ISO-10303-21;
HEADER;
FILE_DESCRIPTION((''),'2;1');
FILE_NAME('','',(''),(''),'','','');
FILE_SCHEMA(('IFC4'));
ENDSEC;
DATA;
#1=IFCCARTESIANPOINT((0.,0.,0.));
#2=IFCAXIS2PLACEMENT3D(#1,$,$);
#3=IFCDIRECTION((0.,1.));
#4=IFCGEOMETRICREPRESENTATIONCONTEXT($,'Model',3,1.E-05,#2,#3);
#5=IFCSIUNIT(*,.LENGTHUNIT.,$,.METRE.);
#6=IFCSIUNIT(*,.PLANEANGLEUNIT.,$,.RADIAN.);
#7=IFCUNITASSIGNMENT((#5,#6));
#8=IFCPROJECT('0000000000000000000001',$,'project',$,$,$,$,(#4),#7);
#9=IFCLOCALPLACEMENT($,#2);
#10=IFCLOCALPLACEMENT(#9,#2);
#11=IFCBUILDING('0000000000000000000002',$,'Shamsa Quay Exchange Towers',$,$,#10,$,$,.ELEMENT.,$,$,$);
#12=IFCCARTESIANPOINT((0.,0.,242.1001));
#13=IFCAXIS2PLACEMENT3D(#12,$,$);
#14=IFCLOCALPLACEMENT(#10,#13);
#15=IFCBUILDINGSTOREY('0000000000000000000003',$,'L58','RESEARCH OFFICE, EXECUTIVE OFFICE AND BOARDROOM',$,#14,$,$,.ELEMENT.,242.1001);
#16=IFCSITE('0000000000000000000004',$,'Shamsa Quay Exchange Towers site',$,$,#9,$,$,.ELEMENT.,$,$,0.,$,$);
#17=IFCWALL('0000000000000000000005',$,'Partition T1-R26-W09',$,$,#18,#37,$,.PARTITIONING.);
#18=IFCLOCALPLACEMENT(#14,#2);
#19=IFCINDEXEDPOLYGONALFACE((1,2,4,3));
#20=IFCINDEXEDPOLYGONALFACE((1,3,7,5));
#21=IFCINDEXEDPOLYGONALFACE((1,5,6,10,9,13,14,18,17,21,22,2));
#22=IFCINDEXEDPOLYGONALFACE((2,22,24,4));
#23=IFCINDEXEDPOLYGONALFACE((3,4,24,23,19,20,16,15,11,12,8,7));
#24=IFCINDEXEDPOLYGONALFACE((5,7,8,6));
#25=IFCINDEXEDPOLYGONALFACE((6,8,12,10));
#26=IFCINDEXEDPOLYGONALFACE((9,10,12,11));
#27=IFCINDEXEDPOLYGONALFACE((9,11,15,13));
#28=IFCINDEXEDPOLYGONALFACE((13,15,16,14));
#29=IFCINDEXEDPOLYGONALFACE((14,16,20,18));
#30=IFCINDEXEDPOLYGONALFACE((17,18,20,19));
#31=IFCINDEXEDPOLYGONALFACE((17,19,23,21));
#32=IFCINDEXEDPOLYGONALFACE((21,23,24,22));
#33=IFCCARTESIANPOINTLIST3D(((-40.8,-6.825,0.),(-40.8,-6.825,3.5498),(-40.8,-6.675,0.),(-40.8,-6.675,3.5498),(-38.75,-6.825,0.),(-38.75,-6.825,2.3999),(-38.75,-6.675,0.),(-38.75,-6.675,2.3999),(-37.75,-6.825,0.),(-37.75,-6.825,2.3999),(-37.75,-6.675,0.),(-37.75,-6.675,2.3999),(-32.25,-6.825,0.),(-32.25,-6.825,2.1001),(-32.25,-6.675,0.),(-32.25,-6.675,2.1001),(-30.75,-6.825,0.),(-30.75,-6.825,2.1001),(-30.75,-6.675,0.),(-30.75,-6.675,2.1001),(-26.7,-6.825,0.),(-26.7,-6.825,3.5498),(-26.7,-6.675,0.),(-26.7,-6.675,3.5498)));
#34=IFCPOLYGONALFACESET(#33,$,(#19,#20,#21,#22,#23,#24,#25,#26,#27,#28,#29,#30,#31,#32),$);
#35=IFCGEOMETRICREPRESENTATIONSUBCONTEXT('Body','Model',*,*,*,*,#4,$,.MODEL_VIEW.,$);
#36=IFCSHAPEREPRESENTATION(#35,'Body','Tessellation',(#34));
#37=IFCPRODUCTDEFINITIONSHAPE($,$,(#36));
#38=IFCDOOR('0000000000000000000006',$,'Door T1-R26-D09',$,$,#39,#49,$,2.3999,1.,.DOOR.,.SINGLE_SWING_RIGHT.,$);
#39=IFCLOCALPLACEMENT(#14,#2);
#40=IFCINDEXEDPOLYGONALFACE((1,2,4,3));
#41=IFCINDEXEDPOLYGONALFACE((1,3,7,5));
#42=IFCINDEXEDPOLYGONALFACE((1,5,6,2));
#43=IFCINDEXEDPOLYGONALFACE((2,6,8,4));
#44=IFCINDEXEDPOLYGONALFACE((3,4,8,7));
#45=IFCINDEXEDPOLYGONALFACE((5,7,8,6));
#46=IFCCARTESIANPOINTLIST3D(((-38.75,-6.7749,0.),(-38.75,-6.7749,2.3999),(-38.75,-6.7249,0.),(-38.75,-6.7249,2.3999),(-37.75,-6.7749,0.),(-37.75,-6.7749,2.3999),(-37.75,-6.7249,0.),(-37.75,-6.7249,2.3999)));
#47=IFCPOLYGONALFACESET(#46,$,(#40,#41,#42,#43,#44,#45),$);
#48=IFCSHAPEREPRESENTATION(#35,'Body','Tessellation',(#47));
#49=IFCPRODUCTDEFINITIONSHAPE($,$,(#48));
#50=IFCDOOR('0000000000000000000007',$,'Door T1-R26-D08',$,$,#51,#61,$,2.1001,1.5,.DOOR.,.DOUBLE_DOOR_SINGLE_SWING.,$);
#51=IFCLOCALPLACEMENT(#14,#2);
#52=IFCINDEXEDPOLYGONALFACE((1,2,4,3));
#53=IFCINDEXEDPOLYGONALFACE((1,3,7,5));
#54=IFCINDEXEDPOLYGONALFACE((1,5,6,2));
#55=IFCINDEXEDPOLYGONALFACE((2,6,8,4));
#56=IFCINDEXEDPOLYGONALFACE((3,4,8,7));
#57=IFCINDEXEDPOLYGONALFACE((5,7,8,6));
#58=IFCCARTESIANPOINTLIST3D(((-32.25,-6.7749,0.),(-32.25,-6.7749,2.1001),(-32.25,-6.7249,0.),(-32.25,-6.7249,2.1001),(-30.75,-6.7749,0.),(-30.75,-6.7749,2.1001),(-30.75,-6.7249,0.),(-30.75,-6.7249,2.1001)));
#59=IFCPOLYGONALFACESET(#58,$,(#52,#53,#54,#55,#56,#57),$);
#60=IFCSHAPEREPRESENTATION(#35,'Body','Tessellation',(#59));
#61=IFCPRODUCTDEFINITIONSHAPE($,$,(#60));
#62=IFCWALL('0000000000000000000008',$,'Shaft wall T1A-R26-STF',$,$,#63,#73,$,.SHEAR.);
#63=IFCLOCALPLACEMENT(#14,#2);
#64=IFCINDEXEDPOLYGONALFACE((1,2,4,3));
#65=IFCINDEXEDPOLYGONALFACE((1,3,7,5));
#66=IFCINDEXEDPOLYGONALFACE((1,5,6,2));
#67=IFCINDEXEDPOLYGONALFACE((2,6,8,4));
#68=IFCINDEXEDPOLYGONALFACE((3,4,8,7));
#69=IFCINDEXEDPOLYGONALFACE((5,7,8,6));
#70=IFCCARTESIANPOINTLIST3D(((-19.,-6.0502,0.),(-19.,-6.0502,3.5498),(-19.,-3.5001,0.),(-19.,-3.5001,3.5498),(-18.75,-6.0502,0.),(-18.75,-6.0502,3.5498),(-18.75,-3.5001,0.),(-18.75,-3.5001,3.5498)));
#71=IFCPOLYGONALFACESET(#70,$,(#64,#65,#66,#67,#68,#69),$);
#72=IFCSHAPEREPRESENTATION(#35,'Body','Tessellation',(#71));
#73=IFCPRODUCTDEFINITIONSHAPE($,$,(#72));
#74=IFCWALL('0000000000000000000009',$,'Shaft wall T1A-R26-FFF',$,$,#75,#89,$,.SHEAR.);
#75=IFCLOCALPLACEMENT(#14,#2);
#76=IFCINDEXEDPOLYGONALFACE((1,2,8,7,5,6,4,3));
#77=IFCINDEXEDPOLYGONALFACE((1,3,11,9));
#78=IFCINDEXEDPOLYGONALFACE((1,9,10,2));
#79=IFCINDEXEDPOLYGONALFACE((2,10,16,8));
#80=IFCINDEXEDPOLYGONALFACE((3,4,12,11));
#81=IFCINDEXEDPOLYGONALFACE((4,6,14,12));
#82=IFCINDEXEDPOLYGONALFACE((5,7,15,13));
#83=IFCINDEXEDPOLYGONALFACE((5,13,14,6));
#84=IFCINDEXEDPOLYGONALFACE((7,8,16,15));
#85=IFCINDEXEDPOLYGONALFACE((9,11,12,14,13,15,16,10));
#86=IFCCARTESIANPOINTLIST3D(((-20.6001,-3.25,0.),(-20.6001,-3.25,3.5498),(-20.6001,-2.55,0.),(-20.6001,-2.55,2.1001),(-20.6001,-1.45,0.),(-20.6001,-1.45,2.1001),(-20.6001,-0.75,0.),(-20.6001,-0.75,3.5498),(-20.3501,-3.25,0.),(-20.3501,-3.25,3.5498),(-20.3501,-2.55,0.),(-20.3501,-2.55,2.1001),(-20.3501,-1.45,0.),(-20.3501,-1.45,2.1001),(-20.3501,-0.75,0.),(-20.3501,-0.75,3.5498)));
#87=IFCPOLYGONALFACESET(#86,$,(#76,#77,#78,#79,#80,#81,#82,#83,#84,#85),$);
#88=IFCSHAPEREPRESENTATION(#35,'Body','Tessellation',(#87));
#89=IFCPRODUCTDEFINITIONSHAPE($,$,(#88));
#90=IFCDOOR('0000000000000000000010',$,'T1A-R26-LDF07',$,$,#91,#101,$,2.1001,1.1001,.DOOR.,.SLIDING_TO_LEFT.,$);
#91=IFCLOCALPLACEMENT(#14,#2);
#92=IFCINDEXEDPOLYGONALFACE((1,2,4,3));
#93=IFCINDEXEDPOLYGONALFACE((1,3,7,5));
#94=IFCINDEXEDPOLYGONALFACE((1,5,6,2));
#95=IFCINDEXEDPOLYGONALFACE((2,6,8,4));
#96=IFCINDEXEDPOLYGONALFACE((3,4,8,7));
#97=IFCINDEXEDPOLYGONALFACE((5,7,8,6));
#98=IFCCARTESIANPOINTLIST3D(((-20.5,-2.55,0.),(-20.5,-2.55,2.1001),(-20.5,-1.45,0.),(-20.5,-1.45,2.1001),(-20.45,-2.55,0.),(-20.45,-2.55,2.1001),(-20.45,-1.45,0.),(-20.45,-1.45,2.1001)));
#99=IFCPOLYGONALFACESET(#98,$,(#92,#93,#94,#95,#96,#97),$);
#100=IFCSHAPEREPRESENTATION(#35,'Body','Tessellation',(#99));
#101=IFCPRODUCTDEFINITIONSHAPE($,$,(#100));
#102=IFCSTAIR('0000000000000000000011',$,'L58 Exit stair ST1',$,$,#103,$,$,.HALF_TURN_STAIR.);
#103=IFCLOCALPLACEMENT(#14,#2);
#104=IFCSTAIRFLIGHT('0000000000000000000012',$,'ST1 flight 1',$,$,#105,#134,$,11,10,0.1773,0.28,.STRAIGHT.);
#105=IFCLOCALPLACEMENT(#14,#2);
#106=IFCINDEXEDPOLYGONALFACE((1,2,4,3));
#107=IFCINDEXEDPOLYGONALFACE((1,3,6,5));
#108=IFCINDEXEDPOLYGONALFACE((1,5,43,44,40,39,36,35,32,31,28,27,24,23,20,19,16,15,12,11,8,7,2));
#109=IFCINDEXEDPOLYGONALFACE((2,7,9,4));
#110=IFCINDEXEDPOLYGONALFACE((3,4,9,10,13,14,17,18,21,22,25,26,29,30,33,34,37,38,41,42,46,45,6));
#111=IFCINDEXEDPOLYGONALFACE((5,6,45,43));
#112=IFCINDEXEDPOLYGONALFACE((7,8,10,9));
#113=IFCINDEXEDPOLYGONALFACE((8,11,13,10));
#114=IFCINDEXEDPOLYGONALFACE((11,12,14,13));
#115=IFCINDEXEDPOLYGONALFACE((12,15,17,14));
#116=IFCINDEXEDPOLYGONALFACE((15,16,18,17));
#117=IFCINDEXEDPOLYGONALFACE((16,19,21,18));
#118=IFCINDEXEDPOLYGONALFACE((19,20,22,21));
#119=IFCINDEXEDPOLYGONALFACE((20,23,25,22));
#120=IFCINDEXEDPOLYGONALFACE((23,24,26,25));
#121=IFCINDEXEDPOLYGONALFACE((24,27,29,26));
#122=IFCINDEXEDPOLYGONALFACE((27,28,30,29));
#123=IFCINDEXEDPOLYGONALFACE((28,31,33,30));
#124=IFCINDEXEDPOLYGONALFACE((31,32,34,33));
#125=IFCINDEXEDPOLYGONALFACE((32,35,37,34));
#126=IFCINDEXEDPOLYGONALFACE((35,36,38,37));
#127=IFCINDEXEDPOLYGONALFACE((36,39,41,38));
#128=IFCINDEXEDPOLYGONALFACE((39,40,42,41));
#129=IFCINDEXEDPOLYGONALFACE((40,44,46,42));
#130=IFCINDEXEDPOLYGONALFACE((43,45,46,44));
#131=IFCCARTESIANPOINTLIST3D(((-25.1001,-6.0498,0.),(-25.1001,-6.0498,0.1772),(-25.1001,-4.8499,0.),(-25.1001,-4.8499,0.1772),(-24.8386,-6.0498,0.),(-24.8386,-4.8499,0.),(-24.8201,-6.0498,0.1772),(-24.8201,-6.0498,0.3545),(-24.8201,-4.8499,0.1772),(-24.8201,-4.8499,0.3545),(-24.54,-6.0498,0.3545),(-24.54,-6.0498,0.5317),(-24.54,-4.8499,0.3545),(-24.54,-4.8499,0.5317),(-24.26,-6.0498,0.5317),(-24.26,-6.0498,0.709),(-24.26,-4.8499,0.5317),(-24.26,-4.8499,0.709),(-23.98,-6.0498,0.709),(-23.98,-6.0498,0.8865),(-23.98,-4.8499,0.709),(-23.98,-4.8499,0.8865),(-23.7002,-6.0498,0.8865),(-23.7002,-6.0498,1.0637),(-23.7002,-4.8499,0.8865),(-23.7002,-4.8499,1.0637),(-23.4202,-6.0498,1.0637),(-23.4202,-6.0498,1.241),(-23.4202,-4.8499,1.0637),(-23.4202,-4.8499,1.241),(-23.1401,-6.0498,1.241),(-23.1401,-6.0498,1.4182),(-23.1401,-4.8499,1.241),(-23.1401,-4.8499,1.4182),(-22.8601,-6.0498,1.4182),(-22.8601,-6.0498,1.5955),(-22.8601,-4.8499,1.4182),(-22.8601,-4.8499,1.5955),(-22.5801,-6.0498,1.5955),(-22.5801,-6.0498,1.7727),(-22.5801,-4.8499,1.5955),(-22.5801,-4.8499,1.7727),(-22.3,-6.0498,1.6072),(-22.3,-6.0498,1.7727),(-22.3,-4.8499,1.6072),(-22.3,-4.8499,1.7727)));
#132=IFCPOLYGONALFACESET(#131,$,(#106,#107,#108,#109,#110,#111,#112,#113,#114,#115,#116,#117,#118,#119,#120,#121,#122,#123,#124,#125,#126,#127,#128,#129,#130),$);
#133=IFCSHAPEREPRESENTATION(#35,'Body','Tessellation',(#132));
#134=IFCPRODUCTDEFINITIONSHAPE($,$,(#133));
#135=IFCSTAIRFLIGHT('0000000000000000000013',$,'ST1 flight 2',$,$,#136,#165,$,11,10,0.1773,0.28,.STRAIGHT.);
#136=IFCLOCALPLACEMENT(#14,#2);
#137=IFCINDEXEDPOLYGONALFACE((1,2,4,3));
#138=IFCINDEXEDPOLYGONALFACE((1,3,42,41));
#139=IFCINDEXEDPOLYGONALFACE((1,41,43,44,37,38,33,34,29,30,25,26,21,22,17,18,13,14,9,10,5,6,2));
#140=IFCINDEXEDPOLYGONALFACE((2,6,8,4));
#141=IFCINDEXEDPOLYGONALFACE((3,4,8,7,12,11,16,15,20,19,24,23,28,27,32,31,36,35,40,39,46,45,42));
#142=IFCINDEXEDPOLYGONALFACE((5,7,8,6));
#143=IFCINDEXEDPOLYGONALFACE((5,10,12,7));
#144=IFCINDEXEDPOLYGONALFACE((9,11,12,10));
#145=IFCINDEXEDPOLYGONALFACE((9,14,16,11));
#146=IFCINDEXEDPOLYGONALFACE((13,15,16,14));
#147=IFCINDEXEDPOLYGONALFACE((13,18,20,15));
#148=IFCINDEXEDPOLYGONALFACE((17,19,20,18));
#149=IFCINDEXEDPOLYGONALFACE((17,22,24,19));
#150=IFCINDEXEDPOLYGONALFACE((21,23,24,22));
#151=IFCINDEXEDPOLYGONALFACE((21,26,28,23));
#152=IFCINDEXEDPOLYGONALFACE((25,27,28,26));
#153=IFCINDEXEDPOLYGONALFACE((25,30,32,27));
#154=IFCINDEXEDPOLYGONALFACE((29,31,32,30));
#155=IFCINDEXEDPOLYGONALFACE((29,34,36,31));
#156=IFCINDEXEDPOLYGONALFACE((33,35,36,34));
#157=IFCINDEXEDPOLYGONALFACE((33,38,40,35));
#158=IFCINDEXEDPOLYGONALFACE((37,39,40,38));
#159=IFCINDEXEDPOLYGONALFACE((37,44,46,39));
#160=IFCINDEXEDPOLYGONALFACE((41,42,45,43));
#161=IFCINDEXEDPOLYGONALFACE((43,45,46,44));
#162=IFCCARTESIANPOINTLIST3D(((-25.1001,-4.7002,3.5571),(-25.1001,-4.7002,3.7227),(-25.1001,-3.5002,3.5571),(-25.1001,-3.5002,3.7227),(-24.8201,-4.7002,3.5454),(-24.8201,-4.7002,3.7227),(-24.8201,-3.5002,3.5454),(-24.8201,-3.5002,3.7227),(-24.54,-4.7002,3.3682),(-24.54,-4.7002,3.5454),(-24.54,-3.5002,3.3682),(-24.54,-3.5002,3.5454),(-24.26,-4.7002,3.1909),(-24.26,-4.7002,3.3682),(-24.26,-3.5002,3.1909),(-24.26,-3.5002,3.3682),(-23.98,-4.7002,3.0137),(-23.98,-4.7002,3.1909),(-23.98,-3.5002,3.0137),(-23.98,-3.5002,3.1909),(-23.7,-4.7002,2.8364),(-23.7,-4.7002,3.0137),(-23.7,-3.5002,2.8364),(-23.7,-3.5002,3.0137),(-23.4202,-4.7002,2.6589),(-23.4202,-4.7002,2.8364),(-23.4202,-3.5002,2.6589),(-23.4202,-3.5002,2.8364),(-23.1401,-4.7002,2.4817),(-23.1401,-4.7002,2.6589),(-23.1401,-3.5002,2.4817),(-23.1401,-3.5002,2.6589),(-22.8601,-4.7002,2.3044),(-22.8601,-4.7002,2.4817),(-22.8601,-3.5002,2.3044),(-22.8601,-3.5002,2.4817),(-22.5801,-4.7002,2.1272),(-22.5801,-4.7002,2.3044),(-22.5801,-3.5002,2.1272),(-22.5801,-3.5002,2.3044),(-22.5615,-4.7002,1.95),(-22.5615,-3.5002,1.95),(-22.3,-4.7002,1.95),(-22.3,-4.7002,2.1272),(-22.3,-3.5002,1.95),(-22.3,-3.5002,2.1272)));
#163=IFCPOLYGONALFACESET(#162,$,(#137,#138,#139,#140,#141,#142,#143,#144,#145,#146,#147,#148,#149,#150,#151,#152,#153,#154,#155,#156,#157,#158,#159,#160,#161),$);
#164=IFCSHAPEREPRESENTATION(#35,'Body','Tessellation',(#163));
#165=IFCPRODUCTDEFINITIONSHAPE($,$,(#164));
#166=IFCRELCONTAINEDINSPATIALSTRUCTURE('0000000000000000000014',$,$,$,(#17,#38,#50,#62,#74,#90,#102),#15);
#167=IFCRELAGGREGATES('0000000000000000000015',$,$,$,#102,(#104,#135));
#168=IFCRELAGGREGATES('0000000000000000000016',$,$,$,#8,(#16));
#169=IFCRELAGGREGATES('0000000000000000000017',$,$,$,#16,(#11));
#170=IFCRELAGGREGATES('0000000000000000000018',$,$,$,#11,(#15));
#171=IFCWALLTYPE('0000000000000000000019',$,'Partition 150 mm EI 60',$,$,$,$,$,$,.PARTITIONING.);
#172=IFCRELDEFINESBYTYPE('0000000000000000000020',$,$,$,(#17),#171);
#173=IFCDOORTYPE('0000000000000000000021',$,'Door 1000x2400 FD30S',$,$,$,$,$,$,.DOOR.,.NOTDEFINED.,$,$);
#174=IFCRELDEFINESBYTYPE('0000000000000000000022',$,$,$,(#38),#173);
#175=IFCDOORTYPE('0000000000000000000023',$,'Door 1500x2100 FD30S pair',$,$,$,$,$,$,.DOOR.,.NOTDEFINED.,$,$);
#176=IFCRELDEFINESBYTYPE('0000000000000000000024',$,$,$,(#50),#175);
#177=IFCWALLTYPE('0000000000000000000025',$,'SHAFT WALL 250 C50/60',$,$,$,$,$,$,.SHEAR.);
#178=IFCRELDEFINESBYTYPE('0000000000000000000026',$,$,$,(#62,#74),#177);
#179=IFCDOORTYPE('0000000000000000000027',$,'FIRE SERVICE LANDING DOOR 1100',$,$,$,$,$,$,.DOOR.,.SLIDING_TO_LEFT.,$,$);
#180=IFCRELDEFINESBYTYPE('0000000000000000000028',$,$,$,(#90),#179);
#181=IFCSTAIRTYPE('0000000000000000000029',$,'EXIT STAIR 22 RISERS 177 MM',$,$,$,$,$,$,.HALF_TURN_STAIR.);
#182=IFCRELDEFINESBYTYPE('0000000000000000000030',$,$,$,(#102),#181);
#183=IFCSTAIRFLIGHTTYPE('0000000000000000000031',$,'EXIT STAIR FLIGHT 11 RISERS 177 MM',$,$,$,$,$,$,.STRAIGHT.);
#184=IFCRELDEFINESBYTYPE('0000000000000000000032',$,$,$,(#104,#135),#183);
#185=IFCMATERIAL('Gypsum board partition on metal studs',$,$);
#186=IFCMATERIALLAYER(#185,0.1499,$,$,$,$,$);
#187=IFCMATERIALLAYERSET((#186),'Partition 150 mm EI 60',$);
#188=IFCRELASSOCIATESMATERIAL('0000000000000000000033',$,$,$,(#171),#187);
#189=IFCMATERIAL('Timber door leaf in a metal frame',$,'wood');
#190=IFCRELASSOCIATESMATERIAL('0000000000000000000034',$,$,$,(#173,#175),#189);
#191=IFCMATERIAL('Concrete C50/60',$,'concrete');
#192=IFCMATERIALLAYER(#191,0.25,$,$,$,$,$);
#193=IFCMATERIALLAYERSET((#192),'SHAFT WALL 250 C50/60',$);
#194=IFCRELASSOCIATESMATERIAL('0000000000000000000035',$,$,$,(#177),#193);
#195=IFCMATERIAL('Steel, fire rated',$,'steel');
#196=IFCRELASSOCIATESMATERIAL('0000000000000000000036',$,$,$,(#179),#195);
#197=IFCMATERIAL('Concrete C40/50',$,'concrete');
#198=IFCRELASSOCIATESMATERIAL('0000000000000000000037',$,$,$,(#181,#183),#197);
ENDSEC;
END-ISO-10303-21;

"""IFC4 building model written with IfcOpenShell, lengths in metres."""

from ifc_helpers import new_model, si_unit, direction, frame, frame_2d, origin, place, context, subcontext, project, spatial, polyline, rectangle, outline, extrude, material, layer, layer_set, type_object, element, fill, aggregate, save


model = new_model("IFC4")

# Units and contexts
model_context = context("Model", 3, precision=1e-05, world=origin(), true_north=direction((0.0, 1.0)))
body_context = subcontext(model_context, "Body", "Model", "MODEL_VIEW")
ifc_project = project(units=[si_unit("LENGTHUNIT", "METRE"), si_unit("PLANEANGLEUNIT", "RADIAN")], contexts=[model_context])

# Site, building, storey
site_placement = place(None, origin())
site = spatial("IfcSite", under=ifc_project, at=site_placement, Name="Shamsa Quay Exchange Towers site", CompositionType="ELEMENT", RefElevation=0.0)
building_placement = place(site_placement, origin())
building = spatial("IfcBuilding", under=site, at=building_placement, Name="Shamsa Quay Exchange Towers", CompositionType="ELEMENT")
storey_placement = place(building_placement, frame((0.0, 0.0, 242.1001)))
storey = spatial("IfcBuildingStorey", under=building, at=storey_placement, Name="L58", Description="RESEARCH OFFICE, EXECUTIVE OFFICE AND BOARDROOM", CompositionType="ELEMENT", Elevation=242.1001)

# Wall, openings, doors
ifc_material_1 = material(Name="Gypsum board partition on metal studs")
ifc_layer_1 = layer(ifc_material_1, 0.1499)
ifc_layer_set_1 = layer_set([ifc_layer_1], Name="Partition 150 mm EI 60")
wall_type_1 = type_object("IfcWallType", Name="Partition 150 mm EI 60", PredefinedType="PARTITIONING", material=ifc_layer_set_1)
wall_1_placement = place(storey_placement, frame((-26.7, -6.75, 0.0), z_axis=(0.0, 0.0, 1.0), x_axis=(-1.0, 0.0, 0.0)))
wall_1 = element("IfcWall", 1, at=wall_1_placement, inside=storey, type_object=wall_type_1, Name="Partition T1-R26-W09", PredefinedType="PARTITIONING", context=body_context, shape_type="SweptSolid", body=[
    extrude(rectangle(XDim=14.1001, YDim=0.1499, at=frame_2d((7.05, 0.0))), origin(), (0.0, 0.0, 1.0), 3.5498),
])
opening_1_placement = place(wall_1_placement, frame((4.05, 0.0, 0.0)))
opening_1 = element("IfcOpeningElement", 2, at=opening_1_placement, cuts=wall_1, PredefinedType="OPENING", context=body_context, shape_type="SweptSolid", body=[
    extrude(rectangle(XDim=1.5, YDim=2.1001, at=frame_2d((0.75, 1.05))), frame((0.0, 0.085, 0.0), z_axis=(0.0, -1.0, 0.0), x_axis=(1.0, 0.0, 0.0)), (0.0, 0.0, 1.0), 0.1699),
])
opening_2_placement = place(wall_1_placement, frame((11.05, 0.0, 0.0)))
opening_2 = element("IfcOpeningElement", 3, at=opening_2_placement, cuts=wall_1, PredefinedType="OPENING", context=body_context, shape_type="SweptSolid", body=[
    extrude(rectangle(XDim=1.0, YDim=2.3999, at=frame_2d((0.5, 1.2))), frame((0.0, 0.085, 0.0), z_axis=(0.0, -1.0, 0.0), x_axis=(1.0, 0.0, 0.0)), (0.0, 0.0, 1.0), 0.1699),
])
ifc_material_2 = material(Name="Timber door leaf in a metal frame", Category="wood")
door_type_1 = type_object("IfcDoorType", Name="Door 1000x2400 FD30S", OperationType="NOTDEFINED", PredefinedType="DOOR", material=ifc_material_2)
door_1_placement = place(opening_2_placement, origin())
door_1 = element("IfcDoor", 4, at=door_1_placement, inside=storey, type_object=door_type_1, Name="Door T1-R26-D09", OperationType="SINGLE_SWING_RIGHT", OverallHeight=2.3999, OverallWidth=1.0, PredefinedType="DOOR", context=body_context, shape_type="SweptSolid", body=[
    extrude(rectangle(XDim=1.0, YDim=2.3999, at=frame_2d((0.5, 1.2))), frame((0.0, 0.0249, 0.0), z_axis=(0.0, -1.0, 0.0), x_axis=(1.0, 0.0, 0.0)), (0.0, 0.0, 1.0), 0.05),
])
fill(opening_2, door_1)
door_type_2 = type_object("IfcDoorType", Name="Door 1500x2100 FD30S pair", OperationType="NOTDEFINED", PredefinedType="DOOR", material=ifc_material_2)
door_2_placement = place(opening_1_placement, origin())
door_2 = element("IfcDoor", 5, at=door_2_placement, inside=storey, type_object=door_type_2, Name="Door T1-R26-D08", OperationType="DOUBLE_DOOR_SINGLE_SWING", OverallHeight=2.1001, OverallWidth=1.5, PredefinedType="DOOR", context=body_context, shape_type="SweptSolid", body=[
    extrude(rectangle(XDim=1.5, YDim=2.1001, at=frame_2d((0.75, 1.05))), frame((0.0, 0.0249, 0.0), z_axis=(0.0, -1.0, 0.0), x_axis=(1.0, 0.0, 0.0)), (0.0, 0.0, 1.0), 0.05),
])
fill(opening_1, door_2)

# Wall
ifc_material_3 = material(Name="Concrete C50/60", Category="concrete")
ifc_layer_2 = layer(ifc_material_3, 0.25)
ifc_layer_set_2 = layer_set([ifc_layer_2], Name="SHAFT WALL 250 C50/60")
wall_type_2 = type_object("IfcWallType", Name="SHAFT WALL 250 C50/60", PredefinedType="SHEAR", material=ifc_layer_set_2)
wall_2_placement = place(storey_placement, frame((-18.875, -6.05, 0.0), z_axis=(0.0, 0.0, 1.0), x_axis=(0.0, 1.0, 0.0)))
element("IfcWall", 6, at=wall_2_placement, inside=storey, type_object=wall_type_2, Name="Shaft wall T1A-R26-STF", PredefinedType="SHEAR", context=body_context, shape_type="SweptSolid", body=[
    extrude(rectangle(XDim=2.55, YDim=0.25, at=frame_2d((1.2749, 0.0))), origin(), (0.0, 0.0, 1.0), 3.5498),
])

# Wall, opening, door
wall_3_placement = place(storey_placement, frame((-20.4751, -3.25, 0.0), z_axis=(0.0, 0.0, 1.0), x_axis=(0.0, 1.0, 0.0)))
wall_3 = element("IfcWall", 7, at=wall_3_placement, inside=storey, type_object=wall_type_2, Name="Shaft wall T1A-R26-FFF", PredefinedType="SHEAR", context=body_context, shape_type="SweptSolid", body=[
    extrude(rectangle(XDim=2.5, YDim=0.25, at=frame_2d((1.25, 0.0))), origin(), (0.0, 0.0, 1.0), 3.5498),
])
opening_3_placement = place(wall_3_placement, frame((0.7, 0.0, 0.0)))
opening_3 = element("IfcOpeningElement", 8, at=opening_3_placement, cuts=wall_3, PredefinedType="OPENING", context=body_context, shape_type="SweptSolid", body=[
    extrude(rectangle(XDim=1.1001, YDim=2.1001, at=frame_2d((0.55, 1.05))), frame((0.0, 0.135, 0.0), z_axis=(0.0, -1.0, 0.0), x_axis=(1.0, 0.0, 0.0)), (0.0, 0.0, 1.0), 0.27),
])
ifc_material_4 = material(Name="Steel, fire rated", Category="steel")
door_type_3 = type_object("IfcDoorType", Name="FIRE SERVICE LANDING DOOR 1100", OperationType="SLIDING_TO_LEFT", PredefinedType="DOOR", material=ifc_material_4)
door_3_placement = place(opening_3_placement, origin())
door_3 = element("IfcDoor", 9, at=door_3_placement, inside=storey, type_object=door_type_3, Name="T1A-R26-LDF07", OperationType="SLIDING_TO_LEFT", OverallHeight=2.1001, OverallWidth=1.1001, PredefinedType="DOOR", context=body_context, shape_type="SweptSolid", body=[
    extrude(rectangle(XDim=1.1001, YDim=2.1001, at=frame_2d((0.55, 1.05))), frame((0.0, 0.0249, 0.0), z_axis=(0.0, -1.0, 0.0), x_axis=(1.0, 0.0, 0.0)), (0.0, 0.0, 1.0), 0.05),
])
fill(opening_3, door_3)

# Stair, stair flights
ifc_material_5 = material(Name="Concrete C40/50", Category="concrete")
stair_type = type_object("IfcStairType", Name="EXIT STAIR 22 RISERS 177 MM", PredefinedType="HALF_TURN_STAIR", material=ifc_material_5)
stair_placement = place(storey_placement, origin())
stair = element("IfcStair", 10, at=stair_placement, inside=storey, type_object=stair_type, Name="L58 Exit stair ST1", PredefinedType="HALF_TURN_STAIR")
stair_flight_type = type_object("IfcStairFlightType", Name="EXIT STAIR FLIGHT 11 RISERS 177 MM", PredefinedType="STRAIGHT", material=ifc_material_5)
stair_flight_1_placement = place(storey_placement, frame((-25.1001, -5.45, 0.0)))
stair_flight_1 = element("IfcStairFlight", 11, at=stair_flight_1_placement, type_object=stair_flight_type, Name="ST1 flight 1", NumberOfRisers=11, NumberOfTreads=10, PredefinedType="STRAIGHT", RiserHeight=0.1773, TreadLength=0.28, context=body_context, shape_type="SweptSolid", body=[
    extrude(outline(polyline([(0.0, 0.0), (0.0, 0.1772), (0.28, 0.1772), (0.28, 0.3545), (0.5601, 0.3545), (0.5601, 0.5317), (0.8401, 0.5317), (0.8401, 0.709), (1.1201, 0.709), (1.1201, 0.8865), (1.3999, 0.8865), (1.3999, 1.0637), (1.6799, 1.0637), (1.6799, 1.241), (1.96, 1.241), (1.96, 1.4182), (2.24, 1.4182), (2.24, 1.5955), (2.52, 1.5955), (2.52, 1.7727), (2.8, 1.7727), (2.8, 1.95), (2.8, 1.6072), (0.2615, 0.0), (0.0, 0.0)])), frame((0.0, 0.6001, 0.0), z_axis=(0.0, -1.0, 0.0), x_axis=(1.0, 0.0, 0.0)), (0.0, 0.0, 1.0), 1.2),
])
stair_flight_2_placement = place(storey_placement, frame((-22.3, -4.1001, 1.95), z_axis=(0.0, 0.0, 1.0), x_axis=(-1.0, 0.0, 0.0)))
stair_flight_2 = element("IfcStairFlight", 12, at=stair_flight_2_placement, type_object=stair_flight_type, Name="ST1 flight 2", NumberOfRisers=11, NumberOfTreads=10, PredefinedType="STRAIGHT", RiserHeight=0.1773, TreadLength=0.28, context=body_context, shape_type="SweptSolid", body=[
    extrude(outline(polyline([(0.0, 0.0), (0.0, 0.1772), (0.28, 0.1772), (0.28, 0.3545), (0.5601, 0.3545), (0.5601, 0.5317), (0.8401, 0.5317), (0.8401, 0.709), (1.1201, 0.709), (1.1201, 0.8865), (1.3999, 0.8865), (1.3999, 1.0637), (1.6799, 1.0637), (1.6799, 1.241), (1.96, 1.241), (1.96, 1.4182), (2.24, 1.4182), (2.24, 1.5955), (2.52, 1.5955), (2.52, 1.7727), (2.8, 1.7727), (2.8, 1.95), (2.8, 1.6072), (0.2615, 0.0), (0.0, 0.0)])), frame((0.0, 0.6001, 0.0), z_axis=(0.0, -1.0, 0.0), x_axis=(1.0, 0.0, 0.0)), (0.0, 0.0, 1.0), 1.2),
])
aggregate(stair, [stair_flight_1, stair_flight_2])

save(model, "model.ifc")
